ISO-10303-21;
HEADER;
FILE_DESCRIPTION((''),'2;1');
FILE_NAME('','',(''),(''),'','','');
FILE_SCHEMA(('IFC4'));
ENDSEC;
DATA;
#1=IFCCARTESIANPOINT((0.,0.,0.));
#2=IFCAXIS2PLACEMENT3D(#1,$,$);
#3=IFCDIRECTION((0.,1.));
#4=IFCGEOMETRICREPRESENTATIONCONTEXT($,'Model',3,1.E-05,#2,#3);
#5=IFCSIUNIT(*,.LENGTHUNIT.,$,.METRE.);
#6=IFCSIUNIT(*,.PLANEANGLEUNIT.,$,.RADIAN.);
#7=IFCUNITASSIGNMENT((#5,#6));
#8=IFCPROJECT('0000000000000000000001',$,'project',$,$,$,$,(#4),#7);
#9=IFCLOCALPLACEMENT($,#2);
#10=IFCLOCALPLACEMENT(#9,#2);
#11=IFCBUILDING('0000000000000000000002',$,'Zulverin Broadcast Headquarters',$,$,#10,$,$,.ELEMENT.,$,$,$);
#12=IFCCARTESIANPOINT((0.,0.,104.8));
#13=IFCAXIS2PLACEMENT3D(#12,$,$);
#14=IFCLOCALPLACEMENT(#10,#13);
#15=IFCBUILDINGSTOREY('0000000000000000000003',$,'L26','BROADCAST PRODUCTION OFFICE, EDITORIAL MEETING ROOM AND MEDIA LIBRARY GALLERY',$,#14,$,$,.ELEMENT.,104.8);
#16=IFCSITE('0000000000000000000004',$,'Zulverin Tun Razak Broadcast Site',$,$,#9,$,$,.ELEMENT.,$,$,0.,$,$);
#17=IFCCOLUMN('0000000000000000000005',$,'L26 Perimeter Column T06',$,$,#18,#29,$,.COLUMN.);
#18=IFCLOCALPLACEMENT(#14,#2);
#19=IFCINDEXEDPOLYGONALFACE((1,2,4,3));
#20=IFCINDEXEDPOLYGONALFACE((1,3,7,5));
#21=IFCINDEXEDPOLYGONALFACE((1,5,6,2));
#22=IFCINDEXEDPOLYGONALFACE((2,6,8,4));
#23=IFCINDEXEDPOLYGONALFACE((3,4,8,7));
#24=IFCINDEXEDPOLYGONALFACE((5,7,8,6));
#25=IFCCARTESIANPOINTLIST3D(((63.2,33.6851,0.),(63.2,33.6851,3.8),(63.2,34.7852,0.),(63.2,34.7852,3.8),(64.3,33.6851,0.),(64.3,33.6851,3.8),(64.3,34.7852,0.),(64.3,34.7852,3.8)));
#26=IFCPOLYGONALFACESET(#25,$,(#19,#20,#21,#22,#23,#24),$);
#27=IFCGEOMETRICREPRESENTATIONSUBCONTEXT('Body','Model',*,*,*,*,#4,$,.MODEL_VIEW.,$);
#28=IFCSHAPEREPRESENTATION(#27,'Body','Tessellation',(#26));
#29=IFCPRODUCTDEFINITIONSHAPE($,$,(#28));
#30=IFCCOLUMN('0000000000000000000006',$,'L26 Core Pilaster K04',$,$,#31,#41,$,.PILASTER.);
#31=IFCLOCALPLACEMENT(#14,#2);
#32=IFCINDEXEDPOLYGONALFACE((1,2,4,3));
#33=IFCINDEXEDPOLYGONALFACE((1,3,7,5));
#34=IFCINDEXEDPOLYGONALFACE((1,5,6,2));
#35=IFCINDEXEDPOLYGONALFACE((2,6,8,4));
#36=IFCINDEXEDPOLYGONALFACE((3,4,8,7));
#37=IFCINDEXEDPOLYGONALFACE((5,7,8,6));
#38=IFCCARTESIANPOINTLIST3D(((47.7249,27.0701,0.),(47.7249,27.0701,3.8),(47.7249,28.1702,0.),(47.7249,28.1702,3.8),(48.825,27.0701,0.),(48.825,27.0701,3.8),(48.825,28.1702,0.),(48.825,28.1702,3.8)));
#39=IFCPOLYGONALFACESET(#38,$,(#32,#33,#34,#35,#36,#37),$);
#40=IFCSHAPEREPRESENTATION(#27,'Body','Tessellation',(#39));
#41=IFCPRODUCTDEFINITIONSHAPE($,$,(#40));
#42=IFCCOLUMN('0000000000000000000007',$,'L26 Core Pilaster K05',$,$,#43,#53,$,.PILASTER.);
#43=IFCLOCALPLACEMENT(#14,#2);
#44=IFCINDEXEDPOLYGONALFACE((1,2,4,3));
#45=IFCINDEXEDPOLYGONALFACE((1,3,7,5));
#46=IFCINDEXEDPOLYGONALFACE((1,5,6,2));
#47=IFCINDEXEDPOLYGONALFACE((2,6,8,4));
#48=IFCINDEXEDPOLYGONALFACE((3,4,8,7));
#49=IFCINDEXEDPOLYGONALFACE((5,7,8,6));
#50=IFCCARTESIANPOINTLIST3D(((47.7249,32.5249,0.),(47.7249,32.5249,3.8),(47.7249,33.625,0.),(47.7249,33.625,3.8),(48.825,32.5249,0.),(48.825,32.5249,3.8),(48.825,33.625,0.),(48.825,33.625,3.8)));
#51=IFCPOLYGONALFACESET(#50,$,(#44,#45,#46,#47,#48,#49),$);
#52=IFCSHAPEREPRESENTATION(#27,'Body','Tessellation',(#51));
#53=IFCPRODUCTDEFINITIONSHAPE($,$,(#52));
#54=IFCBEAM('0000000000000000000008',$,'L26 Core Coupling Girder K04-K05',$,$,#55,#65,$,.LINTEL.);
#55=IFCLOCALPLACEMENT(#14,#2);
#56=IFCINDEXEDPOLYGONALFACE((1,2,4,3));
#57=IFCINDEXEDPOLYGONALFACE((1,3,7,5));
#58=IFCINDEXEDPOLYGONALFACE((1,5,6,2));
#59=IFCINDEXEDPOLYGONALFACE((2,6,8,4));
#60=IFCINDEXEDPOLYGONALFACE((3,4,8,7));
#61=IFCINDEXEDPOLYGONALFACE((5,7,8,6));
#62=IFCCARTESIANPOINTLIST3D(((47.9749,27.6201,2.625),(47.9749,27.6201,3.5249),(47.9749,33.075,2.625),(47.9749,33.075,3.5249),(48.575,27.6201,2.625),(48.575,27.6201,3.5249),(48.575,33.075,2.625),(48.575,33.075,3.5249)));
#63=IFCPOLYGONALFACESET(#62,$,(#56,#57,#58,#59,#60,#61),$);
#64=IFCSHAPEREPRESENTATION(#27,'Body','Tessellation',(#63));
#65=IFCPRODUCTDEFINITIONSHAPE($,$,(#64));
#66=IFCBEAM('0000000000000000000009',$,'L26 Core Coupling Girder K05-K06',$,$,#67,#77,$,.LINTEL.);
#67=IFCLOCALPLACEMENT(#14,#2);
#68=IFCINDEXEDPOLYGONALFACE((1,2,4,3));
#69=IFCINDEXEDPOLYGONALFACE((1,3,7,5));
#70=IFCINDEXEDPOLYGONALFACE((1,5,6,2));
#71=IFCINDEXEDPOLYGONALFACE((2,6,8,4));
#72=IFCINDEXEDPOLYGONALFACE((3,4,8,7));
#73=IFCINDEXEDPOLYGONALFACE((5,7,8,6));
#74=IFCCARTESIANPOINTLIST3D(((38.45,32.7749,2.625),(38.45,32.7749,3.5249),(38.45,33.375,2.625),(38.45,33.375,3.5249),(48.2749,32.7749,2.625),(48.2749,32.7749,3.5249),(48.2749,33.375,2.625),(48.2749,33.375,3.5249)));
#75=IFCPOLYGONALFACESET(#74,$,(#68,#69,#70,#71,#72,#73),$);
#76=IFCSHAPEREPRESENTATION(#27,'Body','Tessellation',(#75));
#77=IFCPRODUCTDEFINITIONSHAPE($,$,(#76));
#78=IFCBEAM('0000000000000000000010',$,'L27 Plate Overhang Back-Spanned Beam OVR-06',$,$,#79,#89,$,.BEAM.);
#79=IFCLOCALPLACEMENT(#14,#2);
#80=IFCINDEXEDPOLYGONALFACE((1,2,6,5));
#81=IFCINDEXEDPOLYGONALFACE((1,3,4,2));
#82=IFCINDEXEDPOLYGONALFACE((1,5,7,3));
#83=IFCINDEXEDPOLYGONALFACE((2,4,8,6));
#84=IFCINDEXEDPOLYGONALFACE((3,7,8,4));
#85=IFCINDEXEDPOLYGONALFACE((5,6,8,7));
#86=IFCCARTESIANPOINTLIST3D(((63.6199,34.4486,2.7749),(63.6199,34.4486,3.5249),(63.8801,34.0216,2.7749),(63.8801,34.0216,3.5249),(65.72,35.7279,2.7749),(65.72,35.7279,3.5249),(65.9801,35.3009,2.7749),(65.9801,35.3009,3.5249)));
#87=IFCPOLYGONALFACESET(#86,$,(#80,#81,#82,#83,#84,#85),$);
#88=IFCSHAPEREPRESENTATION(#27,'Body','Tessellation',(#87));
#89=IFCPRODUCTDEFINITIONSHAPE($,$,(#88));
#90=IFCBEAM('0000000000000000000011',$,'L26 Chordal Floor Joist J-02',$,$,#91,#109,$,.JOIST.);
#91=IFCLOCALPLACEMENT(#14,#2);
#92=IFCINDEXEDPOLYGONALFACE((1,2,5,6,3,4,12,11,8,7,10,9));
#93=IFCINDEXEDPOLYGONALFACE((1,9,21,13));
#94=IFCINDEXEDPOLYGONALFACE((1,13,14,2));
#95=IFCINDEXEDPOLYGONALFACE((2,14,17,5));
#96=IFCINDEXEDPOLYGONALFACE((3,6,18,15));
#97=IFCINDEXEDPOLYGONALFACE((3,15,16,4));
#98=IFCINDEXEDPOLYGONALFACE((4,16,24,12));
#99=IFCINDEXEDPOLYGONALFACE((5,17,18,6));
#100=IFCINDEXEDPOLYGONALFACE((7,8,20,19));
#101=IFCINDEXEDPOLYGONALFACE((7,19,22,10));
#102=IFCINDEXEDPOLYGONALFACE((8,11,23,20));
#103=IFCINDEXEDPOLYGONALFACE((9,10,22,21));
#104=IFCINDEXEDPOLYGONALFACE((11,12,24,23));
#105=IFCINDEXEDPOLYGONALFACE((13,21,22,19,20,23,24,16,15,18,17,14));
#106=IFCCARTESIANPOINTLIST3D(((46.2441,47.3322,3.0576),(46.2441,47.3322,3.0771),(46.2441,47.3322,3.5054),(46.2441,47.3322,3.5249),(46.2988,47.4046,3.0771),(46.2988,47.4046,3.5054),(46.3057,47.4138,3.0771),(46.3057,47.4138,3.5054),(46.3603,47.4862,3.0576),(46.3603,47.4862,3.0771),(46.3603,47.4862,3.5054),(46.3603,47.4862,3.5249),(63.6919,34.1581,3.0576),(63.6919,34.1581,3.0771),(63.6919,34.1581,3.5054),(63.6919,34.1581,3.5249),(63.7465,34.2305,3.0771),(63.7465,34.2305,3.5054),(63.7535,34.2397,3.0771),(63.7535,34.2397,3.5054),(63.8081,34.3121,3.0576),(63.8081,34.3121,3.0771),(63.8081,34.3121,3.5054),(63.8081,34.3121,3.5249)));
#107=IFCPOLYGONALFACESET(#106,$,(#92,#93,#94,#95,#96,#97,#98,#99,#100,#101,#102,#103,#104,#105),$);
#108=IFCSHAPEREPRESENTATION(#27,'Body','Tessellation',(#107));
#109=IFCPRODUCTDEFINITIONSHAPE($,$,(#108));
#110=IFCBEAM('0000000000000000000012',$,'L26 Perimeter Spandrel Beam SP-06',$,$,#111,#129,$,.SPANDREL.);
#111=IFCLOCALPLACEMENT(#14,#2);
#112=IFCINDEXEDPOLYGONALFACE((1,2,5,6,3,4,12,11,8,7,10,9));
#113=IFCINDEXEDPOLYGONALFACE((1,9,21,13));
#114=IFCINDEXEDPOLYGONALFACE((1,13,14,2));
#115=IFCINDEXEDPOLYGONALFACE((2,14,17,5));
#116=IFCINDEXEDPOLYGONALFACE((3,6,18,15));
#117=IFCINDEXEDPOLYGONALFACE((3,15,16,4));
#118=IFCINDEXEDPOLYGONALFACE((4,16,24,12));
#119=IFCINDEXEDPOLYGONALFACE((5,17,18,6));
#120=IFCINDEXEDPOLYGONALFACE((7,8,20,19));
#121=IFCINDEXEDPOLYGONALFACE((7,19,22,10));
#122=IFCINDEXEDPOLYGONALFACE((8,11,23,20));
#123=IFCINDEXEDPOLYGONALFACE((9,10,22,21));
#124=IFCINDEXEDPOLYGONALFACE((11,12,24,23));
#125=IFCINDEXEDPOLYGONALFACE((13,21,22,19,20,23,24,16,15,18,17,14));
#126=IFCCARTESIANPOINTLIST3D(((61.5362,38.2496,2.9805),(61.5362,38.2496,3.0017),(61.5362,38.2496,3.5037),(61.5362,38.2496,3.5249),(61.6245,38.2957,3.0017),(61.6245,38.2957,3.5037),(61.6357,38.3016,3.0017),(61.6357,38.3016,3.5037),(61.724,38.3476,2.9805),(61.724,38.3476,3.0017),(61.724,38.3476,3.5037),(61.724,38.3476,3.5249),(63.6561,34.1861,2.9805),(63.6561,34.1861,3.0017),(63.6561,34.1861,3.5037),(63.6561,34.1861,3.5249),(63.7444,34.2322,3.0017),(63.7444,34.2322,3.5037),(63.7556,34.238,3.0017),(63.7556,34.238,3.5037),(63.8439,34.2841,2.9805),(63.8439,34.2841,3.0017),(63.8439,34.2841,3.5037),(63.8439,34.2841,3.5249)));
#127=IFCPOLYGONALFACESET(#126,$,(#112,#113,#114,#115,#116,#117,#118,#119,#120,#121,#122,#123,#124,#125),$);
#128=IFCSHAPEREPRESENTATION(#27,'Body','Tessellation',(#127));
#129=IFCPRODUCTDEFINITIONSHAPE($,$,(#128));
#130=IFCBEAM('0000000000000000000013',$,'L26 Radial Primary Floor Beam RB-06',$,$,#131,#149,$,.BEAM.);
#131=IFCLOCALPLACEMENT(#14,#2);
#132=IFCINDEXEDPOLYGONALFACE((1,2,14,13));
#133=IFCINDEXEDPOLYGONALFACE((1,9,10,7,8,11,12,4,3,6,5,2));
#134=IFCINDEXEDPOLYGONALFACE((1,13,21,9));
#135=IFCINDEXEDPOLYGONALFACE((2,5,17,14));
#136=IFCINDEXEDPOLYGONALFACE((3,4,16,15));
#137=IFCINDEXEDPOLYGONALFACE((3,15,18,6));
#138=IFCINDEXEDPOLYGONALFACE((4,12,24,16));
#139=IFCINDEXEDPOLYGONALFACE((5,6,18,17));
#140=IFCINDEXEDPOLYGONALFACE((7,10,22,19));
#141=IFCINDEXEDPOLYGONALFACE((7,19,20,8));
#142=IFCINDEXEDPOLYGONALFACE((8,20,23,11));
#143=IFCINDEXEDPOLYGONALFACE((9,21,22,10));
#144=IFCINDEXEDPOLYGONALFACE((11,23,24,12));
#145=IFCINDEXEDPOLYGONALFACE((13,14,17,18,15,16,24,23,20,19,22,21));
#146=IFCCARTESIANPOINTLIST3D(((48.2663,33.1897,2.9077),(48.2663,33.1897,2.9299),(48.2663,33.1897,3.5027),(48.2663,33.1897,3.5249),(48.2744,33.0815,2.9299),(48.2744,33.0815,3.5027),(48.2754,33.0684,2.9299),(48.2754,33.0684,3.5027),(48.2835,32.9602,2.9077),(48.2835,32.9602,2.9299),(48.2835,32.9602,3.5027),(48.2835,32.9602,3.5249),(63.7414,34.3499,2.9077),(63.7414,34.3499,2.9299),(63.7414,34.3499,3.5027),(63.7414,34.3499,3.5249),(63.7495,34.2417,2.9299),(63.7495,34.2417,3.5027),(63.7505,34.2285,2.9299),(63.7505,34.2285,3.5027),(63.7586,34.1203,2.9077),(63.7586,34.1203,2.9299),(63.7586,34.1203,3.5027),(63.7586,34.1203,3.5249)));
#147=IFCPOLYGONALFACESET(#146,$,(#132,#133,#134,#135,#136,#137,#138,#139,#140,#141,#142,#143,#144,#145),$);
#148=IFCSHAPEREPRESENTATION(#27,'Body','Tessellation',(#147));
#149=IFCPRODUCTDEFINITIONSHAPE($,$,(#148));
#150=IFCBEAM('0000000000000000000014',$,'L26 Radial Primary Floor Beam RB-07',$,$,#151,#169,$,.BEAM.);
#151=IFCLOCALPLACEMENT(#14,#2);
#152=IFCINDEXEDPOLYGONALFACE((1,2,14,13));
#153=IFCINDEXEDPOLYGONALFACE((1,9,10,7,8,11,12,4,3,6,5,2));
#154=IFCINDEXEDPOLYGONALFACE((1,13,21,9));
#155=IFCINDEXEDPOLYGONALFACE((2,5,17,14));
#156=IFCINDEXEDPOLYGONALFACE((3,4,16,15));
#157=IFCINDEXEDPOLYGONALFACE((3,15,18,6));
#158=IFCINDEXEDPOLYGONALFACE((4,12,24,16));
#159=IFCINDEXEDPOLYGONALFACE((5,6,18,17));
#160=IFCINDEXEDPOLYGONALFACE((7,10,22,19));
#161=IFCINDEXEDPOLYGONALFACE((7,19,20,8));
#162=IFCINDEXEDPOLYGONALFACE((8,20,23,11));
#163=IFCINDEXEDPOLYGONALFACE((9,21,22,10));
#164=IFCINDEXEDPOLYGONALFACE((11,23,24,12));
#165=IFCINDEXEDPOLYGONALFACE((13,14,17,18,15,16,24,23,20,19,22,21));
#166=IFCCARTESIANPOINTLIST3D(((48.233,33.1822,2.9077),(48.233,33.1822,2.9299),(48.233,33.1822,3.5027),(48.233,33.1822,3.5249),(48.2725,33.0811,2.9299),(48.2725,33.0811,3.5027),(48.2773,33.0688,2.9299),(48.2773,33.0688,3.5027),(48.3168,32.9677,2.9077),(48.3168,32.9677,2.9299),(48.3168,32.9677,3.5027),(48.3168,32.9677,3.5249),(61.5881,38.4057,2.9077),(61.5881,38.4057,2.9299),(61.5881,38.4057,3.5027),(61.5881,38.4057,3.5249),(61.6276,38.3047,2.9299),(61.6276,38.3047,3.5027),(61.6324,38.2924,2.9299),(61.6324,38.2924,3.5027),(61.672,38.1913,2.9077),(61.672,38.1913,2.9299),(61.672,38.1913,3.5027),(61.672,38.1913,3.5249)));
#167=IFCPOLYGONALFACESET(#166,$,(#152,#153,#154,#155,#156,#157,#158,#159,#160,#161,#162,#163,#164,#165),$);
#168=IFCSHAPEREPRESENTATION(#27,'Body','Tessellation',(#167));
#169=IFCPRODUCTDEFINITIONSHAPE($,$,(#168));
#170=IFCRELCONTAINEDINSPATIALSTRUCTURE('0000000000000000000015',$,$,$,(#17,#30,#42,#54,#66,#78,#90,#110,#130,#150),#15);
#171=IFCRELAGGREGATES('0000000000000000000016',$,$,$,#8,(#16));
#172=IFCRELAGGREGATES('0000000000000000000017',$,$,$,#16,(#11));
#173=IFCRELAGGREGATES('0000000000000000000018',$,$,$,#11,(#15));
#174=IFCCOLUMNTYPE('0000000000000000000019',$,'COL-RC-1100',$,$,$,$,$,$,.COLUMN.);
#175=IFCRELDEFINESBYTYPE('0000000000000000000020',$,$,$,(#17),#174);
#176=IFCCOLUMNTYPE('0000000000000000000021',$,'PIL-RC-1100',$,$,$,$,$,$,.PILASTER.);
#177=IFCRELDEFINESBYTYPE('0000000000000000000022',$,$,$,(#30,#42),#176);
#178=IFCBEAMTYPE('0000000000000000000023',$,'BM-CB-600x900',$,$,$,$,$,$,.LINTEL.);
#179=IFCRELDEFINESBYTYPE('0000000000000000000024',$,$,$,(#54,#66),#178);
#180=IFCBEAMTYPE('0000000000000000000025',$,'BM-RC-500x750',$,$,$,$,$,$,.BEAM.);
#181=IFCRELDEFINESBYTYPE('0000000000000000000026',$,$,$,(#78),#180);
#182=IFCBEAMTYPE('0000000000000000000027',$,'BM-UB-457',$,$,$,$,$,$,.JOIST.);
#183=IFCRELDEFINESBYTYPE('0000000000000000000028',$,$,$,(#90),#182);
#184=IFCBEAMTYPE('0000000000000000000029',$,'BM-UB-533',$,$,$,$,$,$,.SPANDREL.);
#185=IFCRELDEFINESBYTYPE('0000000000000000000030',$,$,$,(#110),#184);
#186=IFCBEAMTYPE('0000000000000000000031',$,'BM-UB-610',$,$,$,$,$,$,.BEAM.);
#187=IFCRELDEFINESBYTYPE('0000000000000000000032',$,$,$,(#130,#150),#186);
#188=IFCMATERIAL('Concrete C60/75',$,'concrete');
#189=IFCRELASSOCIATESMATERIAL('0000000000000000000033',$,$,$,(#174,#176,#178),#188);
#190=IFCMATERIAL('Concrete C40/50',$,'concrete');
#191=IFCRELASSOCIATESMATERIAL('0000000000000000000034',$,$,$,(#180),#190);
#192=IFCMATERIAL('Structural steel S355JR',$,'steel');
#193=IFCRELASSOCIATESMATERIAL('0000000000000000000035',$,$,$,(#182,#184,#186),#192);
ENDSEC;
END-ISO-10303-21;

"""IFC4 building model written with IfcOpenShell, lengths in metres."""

from ifc_helpers import new_model, si_unit, direction, frame, origin, origin_2d, place, context, subcontext, project, spatial, rectangle, i_section, extrude, material, material_profile, profile_set, type_object, element, save


model = new_model("IFC4")

# Units and contexts
model_context = context("Model", 3, precision=1e-05, world=origin(), true_north=direction((0.0, 1.0)))
body_context = subcontext(model_context, "Body", "Model", "MODEL_VIEW")
ifc_project = project(units=[si_unit("LENGTHUNIT", "METRE"), si_unit("PLANEANGLEUNIT", "RADIAN")], contexts=[model_context])

# Site, building, storey
site_placement = place(None, origin())
site = spatial("IfcSite", under=ifc_project, at=site_placement, Name="Zulverin Tun Razak Broadcast Site", CompositionType="ELEMENT", RefElevation=0.0)
building_placement = place(site_placement, origin())
building = spatial("IfcBuilding", under=site, at=building_placement, Name="Zulverin Broadcast Headquarters", CompositionType="ELEMENT")
storey_placement = place(building_placement, frame((0.0, 0.0, 104.8)))
storey = spatial("IfcBuildingStorey", under=building, at=storey_placement, Name="L26", Description="BROADCAST PRODUCTION OFFICE, EDITORIAL MEETING ROOM AND MEDIA LIBRARY GALLERY", CompositionType="ELEMENT", Elevation=104.8)

# Columns
ifc_material_1 = material(Name="Concrete C60/75", Category="concrete")
ifc_material_profile_1 = material_profile(ifc_material_1, rectangle(XDim=1.1001, YDim=1.1001, at=origin_2d()), Name="Concrete C60/75", Category="concrete")
ifc_profile_set_1 = profile_set([ifc_material_profile_1], Name="Concrete C60/75")
column_type_1 = type_object("IfcColumnType", Name="COL-RC-1100", PredefinedType="COLUMN", material=ifc_profile_set_1)
column_placement = place(storey_placement, frame((63.75, 34.2351, 0.0), z_axis=(0.0, 0.0, 1.0), x_axis=(1.0, 0.0, 0.0)))
element("IfcColumn", 1, at=column_placement, inside=storey, type_object=column_type_1, Name="L26 Perimeter Column T06", PredefinedType="COLUMN", context=body_context, shape_type="SweptSolid", body=[
    extrude(rectangle(XDim=1.1001, YDim=1.1001, at=origin_2d()), origin(), (0.0, 0.0, 1.0), 3.8),
])
ifc_material_profile_2 = material_profile(ifc_material_1, rectangle(XDim=1.1001, YDim=1.1001, at=origin_2d()), Name="Concrete C60/75", Category="concrete")
ifc_profile_set_2 = profile_set([ifc_material_profile_2], Name="Concrete C60/75")
column_type_2 = type_object("IfcColumnType", Name="PIL-RC-1100", PredefinedType="PILASTER", material=ifc_profile_set_2)
for number, where, z_axis, x_axis, name in (
    (2, (48.2749, 27.6201, 0.0), (0.0, 0.0, 1.0), (1.0, 0.0, 0.0), "L26 Core Pilaster K04"),
    (3, (48.2749, 33.075, 0.0), (0.0, 0.0, 1.0), (1.0, 0.0, 0.0), "L26 Core Pilaster K05"),
):
    element("IfcColumn", number, at=place(storey_placement, frame(where, z_axis=z_axis, x_axis=x_axis)), inside=storey, type_object=column_type_2, Name=name, PredefinedType="PILASTER", context=body_context, shape_type="SweptSolid", body=[
        extrude(rectangle(XDim=1.1001, YDim=1.1001, at=origin_2d()), origin(), (0.0, 0.0, 1.0), 3.8),
    ])

# Beams
ifc_material_profile_3 = material_profile(ifc_material_1, rectangle(XDim=0.6001, YDim=0.8999, at=origin_2d()), Name="Concrete C60/75", Category="concrete")
ifc_profile_set_3 = profile_set([ifc_material_profile_3], Name="Concrete C60/75")
beam_type_1 = type_object("IfcBeamType", Name="BM-CB-600x900", PredefinedType="LINTEL", material=ifc_profile_set_3)
beam_1_placement = place(storey_placement, frame((48.2749, 27.6201, 3.075), z_axis=(0.0, 1.0, 0.0), x_axis=(-1.0, 0.0, 0.0)))
element("IfcBeam", 4, at=beam_1_placement, inside=storey, type_object=beam_type_1, Name="L26 Core Coupling Girder K04-K05", PredefinedType="LINTEL", context=body_context, shape_type="SweptSolid", body=[
    extrude(rectangle(XDim=0.6001, YDim=0.8999, at=origin_2d()), origin(), (0.0, 0.0, 1.0), 5.4548),
])
beam_2_placement = place(storey_placement, frame((48.2749, 33.075, 3.075), z_axis=(-1.0, 0.0, 0.0), x_axis=(0.0, -1.0, 0.0)))
element("IfcBeam", 5, at=beam_2_placement, inside=storey, type_object=beam_type_1, Name="L26 Core Coupling Girder K05-K06", PredefinedType="LINTEL", context=body_context, shape_type="SweptSolid", body=[
    extrude(rectangle(XDim=0.6001, YDim=0.8999, at=origin_2d()), origin(), (0.0, 0.0, 1.0), 9.825),
])
ifc_material_2 = material(Name="Concrete C40/50", Category="concrete")
ifc_material_profile_4 = material_profile(ifc_material_2, rectangle(XDim=0.5, YDim=0.75, at=origin_2d()), Name="Concrete C40/50", Category="concrete")
ifc_profile_set_4 = profile_set([ifc_material_profile_4], Name="Concrete C40/50")
beam_type_2 = type_object("IfcBeamType", Name="BM-RC-500x750", PredefinedType="BEAM", material=ifc_profile_set_4)
beam_3_placement = place(storey_placement, frame((63.75, 34.2351, 3.1499), z_axis=(0.854022, 0.520237, 0.0), x_axis=(-0.520237, 0.854022, 0.0)))
element("IfcBeam", 6, at=beam_3_placement, inside=storey, type_object=beam_type_2, Name="L27 Plate Overhang Back-Spanned Beam OVR-06", PredefinedType="BEAM", context=body_context, shape_type="SweptSolid", body=[
    extrude(rectangle(XDim=0.5, YDim=0.75, at=origin_2d()), origin(), (0.0, 0.0, 1.0), 2.459),
])
ifc_material_3 = material(Name="Structural steel S355JR", Category="steel")
ifc_material_profile_5 = material_profile(ifc_material_3, i_section(OverallWidth=0.1929, OverallDepth=0.4673, WebThickness=0.0115, FlangeThickness=0.0195, at=origin_2d()), Name="Structural steel S355JR", Category="steel")
ifc_profile_set_5 = profile_set([ifc_material_profile_5], Name="Structural steel S355JR")
beam_type_3 = type_object("IfcBeamType", Name="BM-UB-457", PredefinedType="JOIST", material=ifc_profile_set_5)
beam_4_placement = place(storey_placement, frame((63.75, 34.2351, 3.2913), z_axis=(-0.798058, 0.60258, 0.0), x_axis=(-0.60258, -0.798058, 0.0)))
element("IfcBeam", 7, at=beam_4_placement, inside=storey, type_object=beam_type_3, Name="L26 Chordal Floor Joist J-02", PredefinedType="JOIST", context=body_context, shape_type="SweptSolid", body=[
    extrude(i_section(OverallWidth=0.1929, OverallDepth=0.4673, WebThickness=0.0115, FlangeThickness=0.0195, at=origin_2d()), origin(), (0.0, 0.0, 1.0), 21.8628),
])
ifc_material_profile_6 = material_profile(ifc_material_3, i_section(OverallWidth=0.2119, OverallDepth=0.5444, WebThickness=0.0127, FlangeThickness=0.0212, at=origin_2d()), Name="Structural steel S355JR", Category="steel")
ifc_profile_set_6 = profile_set([ifc_material_profile_6], Name="Structural steel S355JR")
beam_type_4 = type_object("IfcBeamType", Name="BM-UB-533", PredefinedType="SPANDREL", material=ifc_profile_set_6)
beam_5_placement = place(storey_placement, frame((63.75, 34.2351, 3.2527), z_axis=(-0.462531, 0.886603, 0.0), x_axis=(-0.886603, -0.462531, 0.0)))
element("IfcBeam", 8, at=beam_5_placement, inside=storey, type_object=beam_type_4, Name="L26 Perimeter Spandrel Beam SP-06", PredefinedType="SPANDREL", context=body_context, shape_type="SweptSolid", body=[
    extrude(i_section(OverallWidth=0.2119, OverallDepth=0.5444, WebThickness=0.0127, FlangeThickness=0.0212, at=origin_2d()), origin(), (0.0, 0.0, 1.0), 4.5833),
])
ifc_material_profile_7 = material_profile(ifc_material_3, i_section(OverallWidth=0.2302, OverallDepth=0.6172, WebThickness=0.0132, FlangeThickness=0.0222, at=origin_2d()), Name="Structural steel S355JR", Category="steel")
ifc_profile_set_7 = profile_set([ifc_material_profile_7], Name="Structural steel S355JR")
beam_type_5 = type_object("IfcBeamType", Name="BM-UB-610", PredefinedType="BEAM", material=ifc_profile_set_7)
beam_6_placement = place(storey_placement, frame((48.2749, 33.075, 3.2163), z_axis=(0.997202, 0.074759, 0.0), x_axis=(-0.074759, 0.997202, 0.0)))
element("IfcBeam", 9, at=beam_6_placement, inside=storey, type_object=beam_type_5, Name="L26 Radial Primary Floor Beam RB-06", PredefinedType="BEAM", context=body_context, shape_type="SweptSolid", body=[
    extrude(i_section(OverallWidth=0.2302, OverallDepth=0.6172, WebThickness=0.0132, FlangeThickness=0.0222, at=origin_2d()), origin(), (0.0, 0.0, 1.0), 15.5186),
])
beam_7_placement = place(storey_placement, frame((48.2749, 33.075, 3.2163), z_axis=(0.931298, 0.364259, 0.0), x_axis=(-0.364259, 0.931298, 0.0)))
element("IfcBeam", 10, at=beam_7_placement, inside=storey, type_object=beam_type_5, Name="L26 Radial Primary Floor Beam RB-07", PredefinedType="BEAM", context=body_context, shape_type="SweptSolid", body=[
    extrude(i_section(OverallWidth=0.2302, OverallDepth=0.6172, WebThickness=0.0132, FlangeThickness=0.0222, at=origin_2d()), origin(), (0.0, 0.0, 1.0), 14.3403),
])

save(model, "model.ifc")
